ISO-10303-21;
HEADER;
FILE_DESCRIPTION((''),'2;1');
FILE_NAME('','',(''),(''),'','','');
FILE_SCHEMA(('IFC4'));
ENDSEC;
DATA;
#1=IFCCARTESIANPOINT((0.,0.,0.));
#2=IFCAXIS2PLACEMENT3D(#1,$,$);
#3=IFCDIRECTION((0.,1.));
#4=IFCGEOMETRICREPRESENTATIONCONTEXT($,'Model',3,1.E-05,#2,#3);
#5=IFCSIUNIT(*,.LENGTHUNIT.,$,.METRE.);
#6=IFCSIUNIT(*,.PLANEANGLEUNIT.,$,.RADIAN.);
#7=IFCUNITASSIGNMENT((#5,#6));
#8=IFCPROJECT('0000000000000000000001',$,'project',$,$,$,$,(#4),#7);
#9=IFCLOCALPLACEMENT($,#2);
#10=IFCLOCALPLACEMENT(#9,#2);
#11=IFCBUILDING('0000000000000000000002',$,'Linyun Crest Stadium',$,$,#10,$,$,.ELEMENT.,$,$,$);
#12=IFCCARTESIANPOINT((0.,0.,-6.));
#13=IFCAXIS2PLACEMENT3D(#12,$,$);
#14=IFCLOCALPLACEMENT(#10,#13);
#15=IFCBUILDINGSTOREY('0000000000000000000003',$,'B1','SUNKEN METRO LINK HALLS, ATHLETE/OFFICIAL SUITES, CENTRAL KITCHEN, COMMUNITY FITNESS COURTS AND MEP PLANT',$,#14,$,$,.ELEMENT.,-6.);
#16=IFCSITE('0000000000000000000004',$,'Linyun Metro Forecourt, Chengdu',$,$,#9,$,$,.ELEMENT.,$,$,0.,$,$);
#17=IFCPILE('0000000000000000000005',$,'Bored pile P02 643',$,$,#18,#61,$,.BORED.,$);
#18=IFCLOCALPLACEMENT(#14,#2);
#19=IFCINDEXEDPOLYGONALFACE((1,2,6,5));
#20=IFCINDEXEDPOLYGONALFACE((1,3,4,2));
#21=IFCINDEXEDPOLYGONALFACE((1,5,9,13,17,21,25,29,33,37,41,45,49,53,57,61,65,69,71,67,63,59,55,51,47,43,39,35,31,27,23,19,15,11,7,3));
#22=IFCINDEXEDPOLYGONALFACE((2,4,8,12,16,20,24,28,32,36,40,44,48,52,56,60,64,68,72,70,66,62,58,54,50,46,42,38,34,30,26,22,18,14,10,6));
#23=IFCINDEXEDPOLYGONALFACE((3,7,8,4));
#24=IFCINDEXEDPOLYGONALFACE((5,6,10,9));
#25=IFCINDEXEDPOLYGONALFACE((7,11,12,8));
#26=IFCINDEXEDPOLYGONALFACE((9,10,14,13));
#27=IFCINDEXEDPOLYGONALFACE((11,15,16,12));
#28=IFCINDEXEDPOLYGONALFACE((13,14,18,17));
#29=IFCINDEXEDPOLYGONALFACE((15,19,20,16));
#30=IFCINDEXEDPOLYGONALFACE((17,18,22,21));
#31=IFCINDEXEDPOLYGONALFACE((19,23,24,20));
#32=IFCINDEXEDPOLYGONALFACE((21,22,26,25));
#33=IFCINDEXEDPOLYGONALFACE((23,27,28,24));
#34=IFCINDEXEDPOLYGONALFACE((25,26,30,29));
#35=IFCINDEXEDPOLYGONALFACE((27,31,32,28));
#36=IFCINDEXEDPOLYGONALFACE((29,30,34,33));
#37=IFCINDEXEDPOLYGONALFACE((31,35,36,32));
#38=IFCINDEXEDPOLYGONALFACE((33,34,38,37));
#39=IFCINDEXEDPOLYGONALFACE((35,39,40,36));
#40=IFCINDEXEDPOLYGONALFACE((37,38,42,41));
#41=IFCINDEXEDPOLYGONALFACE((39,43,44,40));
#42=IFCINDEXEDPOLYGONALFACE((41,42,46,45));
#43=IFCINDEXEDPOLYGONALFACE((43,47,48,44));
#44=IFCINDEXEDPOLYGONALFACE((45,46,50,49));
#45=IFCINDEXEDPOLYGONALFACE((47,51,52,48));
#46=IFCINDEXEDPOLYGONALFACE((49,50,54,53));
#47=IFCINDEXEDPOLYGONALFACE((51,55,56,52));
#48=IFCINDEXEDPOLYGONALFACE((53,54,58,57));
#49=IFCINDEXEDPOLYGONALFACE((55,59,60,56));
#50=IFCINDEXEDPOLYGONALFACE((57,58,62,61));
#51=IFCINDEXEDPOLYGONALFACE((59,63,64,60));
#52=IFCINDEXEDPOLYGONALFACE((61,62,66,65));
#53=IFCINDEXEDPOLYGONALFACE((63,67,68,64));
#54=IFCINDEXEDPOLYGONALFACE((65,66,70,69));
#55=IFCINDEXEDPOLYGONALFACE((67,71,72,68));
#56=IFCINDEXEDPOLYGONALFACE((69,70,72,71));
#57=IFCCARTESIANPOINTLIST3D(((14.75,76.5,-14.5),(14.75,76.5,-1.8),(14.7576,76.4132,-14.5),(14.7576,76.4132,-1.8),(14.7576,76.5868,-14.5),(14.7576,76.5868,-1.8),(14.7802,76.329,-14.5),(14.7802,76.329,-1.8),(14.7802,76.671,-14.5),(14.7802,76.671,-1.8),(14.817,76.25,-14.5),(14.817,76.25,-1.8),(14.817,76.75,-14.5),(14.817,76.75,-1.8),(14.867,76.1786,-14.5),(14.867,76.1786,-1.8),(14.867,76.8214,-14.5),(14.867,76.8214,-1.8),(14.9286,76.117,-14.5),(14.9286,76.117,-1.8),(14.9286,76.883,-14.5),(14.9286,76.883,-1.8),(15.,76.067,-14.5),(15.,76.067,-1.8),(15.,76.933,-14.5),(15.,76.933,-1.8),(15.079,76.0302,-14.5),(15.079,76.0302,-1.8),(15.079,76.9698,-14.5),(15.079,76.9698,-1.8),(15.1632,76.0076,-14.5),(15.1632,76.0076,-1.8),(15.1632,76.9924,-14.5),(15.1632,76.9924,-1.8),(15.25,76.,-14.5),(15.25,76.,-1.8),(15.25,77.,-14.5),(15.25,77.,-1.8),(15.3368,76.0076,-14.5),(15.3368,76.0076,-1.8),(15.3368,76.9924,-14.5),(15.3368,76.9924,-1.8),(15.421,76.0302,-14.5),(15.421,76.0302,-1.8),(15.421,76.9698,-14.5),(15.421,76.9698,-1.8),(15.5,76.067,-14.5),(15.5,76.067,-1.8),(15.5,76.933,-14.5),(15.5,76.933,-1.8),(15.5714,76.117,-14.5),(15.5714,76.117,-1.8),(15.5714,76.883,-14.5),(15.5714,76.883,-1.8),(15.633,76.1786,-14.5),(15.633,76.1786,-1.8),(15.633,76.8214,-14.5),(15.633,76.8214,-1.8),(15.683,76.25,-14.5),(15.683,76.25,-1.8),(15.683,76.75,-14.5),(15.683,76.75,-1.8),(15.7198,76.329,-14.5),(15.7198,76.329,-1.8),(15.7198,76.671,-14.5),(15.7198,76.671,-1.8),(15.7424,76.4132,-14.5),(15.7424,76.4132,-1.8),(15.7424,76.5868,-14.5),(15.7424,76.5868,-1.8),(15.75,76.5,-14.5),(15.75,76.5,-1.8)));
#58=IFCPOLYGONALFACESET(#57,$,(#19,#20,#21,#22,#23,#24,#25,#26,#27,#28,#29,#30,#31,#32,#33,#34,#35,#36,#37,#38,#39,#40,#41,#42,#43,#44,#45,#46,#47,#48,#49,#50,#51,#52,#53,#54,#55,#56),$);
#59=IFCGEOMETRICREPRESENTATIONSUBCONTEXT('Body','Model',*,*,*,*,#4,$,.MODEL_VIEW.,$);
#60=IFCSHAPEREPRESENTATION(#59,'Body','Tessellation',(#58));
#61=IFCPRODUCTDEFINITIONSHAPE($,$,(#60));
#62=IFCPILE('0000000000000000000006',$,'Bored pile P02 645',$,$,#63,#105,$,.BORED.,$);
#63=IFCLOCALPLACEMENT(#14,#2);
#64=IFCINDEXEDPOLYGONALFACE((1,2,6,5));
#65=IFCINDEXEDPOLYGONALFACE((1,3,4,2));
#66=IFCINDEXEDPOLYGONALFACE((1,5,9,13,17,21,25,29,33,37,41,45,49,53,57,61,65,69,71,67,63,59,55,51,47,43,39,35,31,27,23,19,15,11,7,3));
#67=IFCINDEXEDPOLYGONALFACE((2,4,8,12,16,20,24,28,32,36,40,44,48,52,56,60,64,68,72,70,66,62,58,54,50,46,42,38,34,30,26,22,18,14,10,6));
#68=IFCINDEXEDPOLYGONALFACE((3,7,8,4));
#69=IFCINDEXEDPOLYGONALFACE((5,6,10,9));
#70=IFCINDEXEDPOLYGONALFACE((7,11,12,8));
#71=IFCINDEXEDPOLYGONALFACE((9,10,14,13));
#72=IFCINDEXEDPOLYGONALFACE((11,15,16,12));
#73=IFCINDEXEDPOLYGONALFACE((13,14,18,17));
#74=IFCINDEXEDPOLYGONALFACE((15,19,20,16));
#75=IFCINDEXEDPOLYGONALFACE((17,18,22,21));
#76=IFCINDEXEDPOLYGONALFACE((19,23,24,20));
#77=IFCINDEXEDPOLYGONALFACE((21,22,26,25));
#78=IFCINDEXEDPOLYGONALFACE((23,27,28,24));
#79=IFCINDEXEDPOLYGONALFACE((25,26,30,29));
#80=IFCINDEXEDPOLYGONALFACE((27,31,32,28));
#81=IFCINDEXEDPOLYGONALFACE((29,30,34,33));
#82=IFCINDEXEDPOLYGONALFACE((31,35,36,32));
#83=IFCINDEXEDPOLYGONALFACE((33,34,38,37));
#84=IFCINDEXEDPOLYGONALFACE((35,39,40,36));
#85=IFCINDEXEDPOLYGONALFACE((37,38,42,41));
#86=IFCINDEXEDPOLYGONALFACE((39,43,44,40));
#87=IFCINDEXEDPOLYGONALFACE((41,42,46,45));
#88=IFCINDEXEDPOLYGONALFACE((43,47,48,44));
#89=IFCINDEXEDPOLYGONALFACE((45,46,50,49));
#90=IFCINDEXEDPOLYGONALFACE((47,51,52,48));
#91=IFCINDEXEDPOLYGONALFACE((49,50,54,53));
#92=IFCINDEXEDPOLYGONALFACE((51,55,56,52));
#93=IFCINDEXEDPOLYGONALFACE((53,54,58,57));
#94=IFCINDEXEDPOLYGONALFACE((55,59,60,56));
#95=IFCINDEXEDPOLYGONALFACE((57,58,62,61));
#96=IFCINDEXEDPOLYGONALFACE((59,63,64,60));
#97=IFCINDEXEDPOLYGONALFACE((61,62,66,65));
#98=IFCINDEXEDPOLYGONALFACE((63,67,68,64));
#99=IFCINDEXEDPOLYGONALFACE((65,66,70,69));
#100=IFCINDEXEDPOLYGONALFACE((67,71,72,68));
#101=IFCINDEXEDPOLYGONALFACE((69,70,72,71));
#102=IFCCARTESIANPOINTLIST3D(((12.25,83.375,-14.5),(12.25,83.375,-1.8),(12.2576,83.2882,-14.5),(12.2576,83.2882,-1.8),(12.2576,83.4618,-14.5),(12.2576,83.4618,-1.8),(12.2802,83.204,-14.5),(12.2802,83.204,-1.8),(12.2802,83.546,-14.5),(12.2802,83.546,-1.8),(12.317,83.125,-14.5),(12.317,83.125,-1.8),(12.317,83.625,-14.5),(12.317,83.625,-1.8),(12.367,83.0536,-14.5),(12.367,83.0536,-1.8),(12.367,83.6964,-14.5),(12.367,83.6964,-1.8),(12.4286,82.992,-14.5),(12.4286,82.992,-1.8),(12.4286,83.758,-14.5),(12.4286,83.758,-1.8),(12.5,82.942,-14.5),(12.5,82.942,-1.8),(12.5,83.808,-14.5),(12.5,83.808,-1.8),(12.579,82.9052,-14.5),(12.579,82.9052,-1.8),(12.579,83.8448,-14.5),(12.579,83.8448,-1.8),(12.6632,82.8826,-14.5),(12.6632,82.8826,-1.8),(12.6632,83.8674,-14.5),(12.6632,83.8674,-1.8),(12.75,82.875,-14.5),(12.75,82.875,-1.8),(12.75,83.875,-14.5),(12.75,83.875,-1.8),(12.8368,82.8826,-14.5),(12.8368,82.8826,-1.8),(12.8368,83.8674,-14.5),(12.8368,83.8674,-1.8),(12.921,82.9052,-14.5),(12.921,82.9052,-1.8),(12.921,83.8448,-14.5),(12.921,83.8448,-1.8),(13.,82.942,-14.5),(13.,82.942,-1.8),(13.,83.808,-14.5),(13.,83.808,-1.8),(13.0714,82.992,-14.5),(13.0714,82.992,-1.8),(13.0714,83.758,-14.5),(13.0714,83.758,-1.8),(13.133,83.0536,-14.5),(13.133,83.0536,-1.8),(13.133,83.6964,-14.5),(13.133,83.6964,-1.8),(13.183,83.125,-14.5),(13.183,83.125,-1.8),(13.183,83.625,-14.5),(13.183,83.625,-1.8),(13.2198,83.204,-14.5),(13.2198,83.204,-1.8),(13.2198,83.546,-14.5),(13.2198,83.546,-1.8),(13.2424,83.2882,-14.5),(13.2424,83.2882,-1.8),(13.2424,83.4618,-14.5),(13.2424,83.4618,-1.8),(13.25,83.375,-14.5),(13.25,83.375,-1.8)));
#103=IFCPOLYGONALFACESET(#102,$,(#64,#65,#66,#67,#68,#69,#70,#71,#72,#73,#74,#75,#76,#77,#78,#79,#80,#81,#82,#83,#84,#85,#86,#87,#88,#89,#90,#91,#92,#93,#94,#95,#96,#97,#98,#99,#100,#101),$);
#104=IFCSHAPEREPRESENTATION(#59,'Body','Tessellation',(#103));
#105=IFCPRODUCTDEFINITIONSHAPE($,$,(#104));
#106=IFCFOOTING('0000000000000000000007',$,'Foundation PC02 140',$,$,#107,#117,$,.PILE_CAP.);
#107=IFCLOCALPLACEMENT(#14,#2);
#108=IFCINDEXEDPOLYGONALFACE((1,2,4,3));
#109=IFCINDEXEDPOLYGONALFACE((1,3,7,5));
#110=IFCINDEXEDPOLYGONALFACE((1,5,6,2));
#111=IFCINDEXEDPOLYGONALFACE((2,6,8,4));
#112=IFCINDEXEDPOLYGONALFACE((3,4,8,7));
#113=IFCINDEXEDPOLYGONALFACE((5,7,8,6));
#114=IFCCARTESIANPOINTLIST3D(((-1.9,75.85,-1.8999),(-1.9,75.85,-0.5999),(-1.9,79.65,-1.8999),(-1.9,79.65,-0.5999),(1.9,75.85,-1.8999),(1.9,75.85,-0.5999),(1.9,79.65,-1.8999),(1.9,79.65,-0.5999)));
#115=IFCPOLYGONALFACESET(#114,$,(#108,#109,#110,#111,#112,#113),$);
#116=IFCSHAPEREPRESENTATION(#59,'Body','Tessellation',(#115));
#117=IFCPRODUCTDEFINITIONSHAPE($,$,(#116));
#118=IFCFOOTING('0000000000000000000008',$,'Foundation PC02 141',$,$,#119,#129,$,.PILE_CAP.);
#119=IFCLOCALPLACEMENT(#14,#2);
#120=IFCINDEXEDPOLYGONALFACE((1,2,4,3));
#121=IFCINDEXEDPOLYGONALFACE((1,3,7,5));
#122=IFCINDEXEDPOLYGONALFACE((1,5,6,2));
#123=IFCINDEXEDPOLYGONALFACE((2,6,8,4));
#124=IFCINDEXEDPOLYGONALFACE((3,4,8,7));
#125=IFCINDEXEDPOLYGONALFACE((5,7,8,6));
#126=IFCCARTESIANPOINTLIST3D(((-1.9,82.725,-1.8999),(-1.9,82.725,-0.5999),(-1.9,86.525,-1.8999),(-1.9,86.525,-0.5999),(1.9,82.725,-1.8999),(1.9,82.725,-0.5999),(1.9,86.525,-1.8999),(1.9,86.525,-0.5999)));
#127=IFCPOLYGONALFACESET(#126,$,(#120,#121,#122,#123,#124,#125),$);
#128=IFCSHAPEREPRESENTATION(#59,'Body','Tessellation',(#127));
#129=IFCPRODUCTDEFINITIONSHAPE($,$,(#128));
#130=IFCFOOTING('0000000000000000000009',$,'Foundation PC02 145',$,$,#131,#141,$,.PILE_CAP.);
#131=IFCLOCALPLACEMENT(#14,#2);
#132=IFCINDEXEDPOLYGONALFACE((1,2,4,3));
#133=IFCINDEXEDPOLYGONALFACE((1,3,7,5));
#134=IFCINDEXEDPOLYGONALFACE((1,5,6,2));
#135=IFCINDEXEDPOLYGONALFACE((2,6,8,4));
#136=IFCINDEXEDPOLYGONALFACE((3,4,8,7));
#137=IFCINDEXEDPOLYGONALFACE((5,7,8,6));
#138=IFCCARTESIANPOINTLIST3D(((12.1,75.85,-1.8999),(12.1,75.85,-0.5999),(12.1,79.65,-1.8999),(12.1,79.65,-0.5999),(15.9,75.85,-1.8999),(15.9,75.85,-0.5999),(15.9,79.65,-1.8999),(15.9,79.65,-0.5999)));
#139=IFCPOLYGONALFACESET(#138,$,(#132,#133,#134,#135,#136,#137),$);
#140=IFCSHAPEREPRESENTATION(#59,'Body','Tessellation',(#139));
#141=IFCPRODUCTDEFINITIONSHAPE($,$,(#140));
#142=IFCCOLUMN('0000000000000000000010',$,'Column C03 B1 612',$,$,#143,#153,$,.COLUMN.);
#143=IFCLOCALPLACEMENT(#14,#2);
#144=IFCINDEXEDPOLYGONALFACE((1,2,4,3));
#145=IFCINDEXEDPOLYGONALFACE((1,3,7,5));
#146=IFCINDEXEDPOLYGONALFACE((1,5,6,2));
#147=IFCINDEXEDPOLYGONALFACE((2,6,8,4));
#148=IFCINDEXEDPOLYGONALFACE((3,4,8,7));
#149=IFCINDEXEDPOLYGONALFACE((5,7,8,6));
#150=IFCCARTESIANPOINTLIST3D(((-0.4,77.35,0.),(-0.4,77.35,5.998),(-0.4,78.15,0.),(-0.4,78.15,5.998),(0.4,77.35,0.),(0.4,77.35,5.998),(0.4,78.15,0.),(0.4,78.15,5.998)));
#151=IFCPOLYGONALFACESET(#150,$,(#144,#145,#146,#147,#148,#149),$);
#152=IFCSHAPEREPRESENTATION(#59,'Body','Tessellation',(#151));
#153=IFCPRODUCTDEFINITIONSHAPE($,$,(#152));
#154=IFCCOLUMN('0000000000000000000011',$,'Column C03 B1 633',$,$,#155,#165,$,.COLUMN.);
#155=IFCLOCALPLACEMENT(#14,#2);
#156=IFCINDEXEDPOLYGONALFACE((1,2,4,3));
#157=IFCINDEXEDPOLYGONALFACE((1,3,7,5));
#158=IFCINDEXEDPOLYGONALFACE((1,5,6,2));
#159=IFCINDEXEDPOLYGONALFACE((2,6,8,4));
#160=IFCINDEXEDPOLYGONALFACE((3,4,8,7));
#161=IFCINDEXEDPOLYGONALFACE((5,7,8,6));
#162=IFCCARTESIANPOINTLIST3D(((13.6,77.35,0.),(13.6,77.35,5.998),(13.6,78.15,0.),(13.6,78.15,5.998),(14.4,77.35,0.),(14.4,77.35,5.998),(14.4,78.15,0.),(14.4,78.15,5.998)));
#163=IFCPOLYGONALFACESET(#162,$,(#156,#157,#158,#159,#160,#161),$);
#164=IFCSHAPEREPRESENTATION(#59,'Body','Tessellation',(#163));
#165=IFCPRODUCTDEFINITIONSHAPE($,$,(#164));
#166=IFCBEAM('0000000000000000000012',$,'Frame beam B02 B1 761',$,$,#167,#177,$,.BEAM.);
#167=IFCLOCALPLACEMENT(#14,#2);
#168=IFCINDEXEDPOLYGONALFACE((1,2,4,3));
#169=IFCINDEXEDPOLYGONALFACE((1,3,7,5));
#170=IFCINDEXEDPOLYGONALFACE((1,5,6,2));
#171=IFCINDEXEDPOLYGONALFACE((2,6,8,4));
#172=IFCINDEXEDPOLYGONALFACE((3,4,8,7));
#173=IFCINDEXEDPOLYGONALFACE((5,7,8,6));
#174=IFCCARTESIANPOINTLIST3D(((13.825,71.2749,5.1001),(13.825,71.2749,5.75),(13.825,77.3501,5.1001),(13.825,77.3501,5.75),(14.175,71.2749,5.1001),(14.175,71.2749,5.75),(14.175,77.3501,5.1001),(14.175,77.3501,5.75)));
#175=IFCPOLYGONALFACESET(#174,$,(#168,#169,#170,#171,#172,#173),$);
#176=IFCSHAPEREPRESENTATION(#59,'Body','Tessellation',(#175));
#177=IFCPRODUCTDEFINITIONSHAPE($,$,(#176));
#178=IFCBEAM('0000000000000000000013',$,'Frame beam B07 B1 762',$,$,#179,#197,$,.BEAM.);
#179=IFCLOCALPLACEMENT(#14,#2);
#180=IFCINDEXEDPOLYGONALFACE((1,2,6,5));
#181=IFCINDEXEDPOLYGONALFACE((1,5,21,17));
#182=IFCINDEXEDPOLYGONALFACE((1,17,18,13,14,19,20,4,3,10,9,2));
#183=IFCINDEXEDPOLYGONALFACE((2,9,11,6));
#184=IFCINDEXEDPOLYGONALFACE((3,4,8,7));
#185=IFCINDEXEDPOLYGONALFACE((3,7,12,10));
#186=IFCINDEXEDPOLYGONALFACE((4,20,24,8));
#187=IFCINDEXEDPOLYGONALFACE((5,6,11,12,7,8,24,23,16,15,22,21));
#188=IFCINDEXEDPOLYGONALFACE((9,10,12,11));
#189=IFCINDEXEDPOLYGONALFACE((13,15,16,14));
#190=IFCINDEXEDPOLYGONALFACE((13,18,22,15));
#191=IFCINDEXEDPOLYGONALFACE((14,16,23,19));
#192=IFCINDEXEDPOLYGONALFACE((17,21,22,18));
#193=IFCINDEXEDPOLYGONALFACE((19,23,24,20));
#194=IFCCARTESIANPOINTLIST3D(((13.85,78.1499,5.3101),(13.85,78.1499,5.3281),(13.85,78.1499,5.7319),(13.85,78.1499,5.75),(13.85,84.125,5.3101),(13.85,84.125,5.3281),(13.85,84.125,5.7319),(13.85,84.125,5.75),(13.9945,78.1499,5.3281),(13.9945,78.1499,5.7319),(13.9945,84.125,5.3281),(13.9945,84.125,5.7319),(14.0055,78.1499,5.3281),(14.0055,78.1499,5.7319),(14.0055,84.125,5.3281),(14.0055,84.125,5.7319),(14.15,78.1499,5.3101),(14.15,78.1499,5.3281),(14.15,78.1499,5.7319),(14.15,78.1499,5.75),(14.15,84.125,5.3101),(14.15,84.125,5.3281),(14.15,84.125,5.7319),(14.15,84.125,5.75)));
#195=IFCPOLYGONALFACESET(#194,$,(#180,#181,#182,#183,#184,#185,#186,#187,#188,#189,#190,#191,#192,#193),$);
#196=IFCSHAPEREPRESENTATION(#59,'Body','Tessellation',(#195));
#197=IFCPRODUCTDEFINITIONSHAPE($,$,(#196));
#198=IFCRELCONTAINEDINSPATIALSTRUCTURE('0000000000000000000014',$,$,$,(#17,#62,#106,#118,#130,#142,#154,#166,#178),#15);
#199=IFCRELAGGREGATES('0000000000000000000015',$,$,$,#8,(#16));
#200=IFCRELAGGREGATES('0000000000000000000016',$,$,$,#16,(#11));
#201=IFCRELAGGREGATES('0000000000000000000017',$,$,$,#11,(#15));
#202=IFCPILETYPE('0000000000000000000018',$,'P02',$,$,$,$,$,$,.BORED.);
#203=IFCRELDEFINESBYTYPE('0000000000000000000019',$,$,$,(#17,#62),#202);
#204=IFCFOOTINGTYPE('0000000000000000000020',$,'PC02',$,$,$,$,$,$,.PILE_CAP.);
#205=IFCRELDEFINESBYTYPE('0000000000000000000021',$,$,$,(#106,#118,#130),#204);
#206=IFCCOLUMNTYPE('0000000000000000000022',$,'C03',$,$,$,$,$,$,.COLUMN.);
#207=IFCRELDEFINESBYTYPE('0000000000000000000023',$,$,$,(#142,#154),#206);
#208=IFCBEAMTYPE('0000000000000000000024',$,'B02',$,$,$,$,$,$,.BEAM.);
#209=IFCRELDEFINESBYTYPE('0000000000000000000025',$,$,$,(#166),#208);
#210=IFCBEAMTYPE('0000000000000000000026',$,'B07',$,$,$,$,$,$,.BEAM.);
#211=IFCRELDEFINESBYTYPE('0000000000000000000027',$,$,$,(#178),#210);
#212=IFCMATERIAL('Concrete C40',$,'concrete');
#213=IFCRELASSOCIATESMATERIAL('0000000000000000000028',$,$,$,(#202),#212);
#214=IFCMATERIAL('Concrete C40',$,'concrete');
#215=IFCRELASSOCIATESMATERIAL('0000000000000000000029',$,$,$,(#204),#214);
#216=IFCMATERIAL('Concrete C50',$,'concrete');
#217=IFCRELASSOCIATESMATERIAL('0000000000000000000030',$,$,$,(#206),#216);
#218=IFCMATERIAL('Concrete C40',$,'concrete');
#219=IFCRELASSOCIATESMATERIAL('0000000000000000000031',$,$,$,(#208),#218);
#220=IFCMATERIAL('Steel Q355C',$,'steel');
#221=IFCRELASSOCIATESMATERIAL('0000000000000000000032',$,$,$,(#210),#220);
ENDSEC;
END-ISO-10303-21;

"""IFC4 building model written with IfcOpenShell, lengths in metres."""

from ifc_helpers import new_model, si_unit, direction, frame, origin, origin_2d, place, context, subcontext, project, spatial, rectangle, circle, i_section, extrude, material, material_profile, profile_set, type_object, element, save


model = new_model("IFC4")

# Units and contexts
model_context = context("Model", 3, precision=1e-05, world=origin(), true_north=direction((0.0, 1.0)))
body_context = subcontext(model_context, "Body", "Model", "MODEL_VIEW")
ifc_project = project(units=[si_unit("LENGTHUNIT", "METRE"), si_unit("PLANEANGLEUNIT", "RADIAN")], contexts=[model_context])

# Site, building, storey
site_placement = place(None, origin())
site = spatial("IfcSite", under=ifc_project, at=site_placement, Name="Linyun Metro Forecourt, Chengdu", CompositionType="ELEMENT", RefElevation=0.0)
building_placement = place(site_placement, origin())
building = spatial("IfcBuilding", under=site, at=building_placement, Name="Linyun Crest Stadium", CompositionType="ELEMENT")
storey_placement = place(building_placement, frame((0.0, 0.0, -6.0)))
storey = spatial("IfcBuildingStorey", under=building, at=storey_placement, Name="B1", Description="SUNKEN METRO LINK HALLS, ATHLETE/OFFICIAL SUITES, CENTRAL KITCHEN, COMMUNITY FITNESS COURTS AND MEP PLANT", CompositionType="ELEMENT", Elevation=-6.0)

# Piles
ifc_material_1 = material(Name="Concrete C40", Category="concrete")
ifc_material_profile_1 = material_profile(ifc_material_1, circle(Radius=0.5, at=origin_2d()), Name="BORED PILE 1000")
ifc_profile_set_1 = profile_set([ifc_material_profile_1], Name="Concrete C40")
pile_type = type_object("IfcPileType", Name="P02", PredefinedType="BORED", material=ifc_profile_set_1)
for number, where, z_axis, x_axis, name in (
    (1, (15.25, 76.5, -1.8), (0.0, 0.0, -1.0), (1.0, 0.0, 0.0), "Bored pile P02 643"),
    (2, (12.75, 83.375, -1.8), (0.0, 0.0, -1.0), (1.0, 0.0, 0.0), "Bored pile P02 645"),
):
    element("IfcPile", number, at=place(storey_placement, frame(where, z_axis=z_axis, x_axis=x_axis)), inside=storey, type_object=pile_type, Name=name, PredefinedType="BORED", context=body_context, shape_type="SweptSolid", body=[
        extrude(circle(Radius=0.5, at=origin_2d()), origin(), (0.0, 0.0, 1.0), 12.7),
    ])

# Footings
ifc_material_2 = material(Name="Concrete C40", Category="concrete")
footing_type = type_object("IfcFootingType", Name="PC02", PredefinedType="PILE_CAP", material=ifc_material_2)
for number, where, z_axis, x_axis, name in (
    (3, (0.0, 77.75, -1.8999), (0.0, 0.0, 1.0), (1.0, 0.0, 0.0), "Foundation PC02 140"),
    (4, (0.0, 84.625, -1.8999), (0.0, 0.0, 1.0), (1.0, 0.0, 0.0), "Foundation PC02 141"),
    (5, (14.0, 77.75, -1.8999), (0.0, 0.0, 1.0), (1.0, 0.0, 0.0), "Foundation PC02 145"),
):
    element("IfcFooting", number, at=place(storey_placement, frame(where, z_axis=z_axis, x_axis=x_axis)), inside=storey, type_object=footing_type, Name=name, PredefinedType="PILE_CAP", context=body_context, shape_type="SweptSolid", body=[
        extrude(rectangle(XDim=3.8, YDim=3.8, at=origin_2d()), origin(), (0.0, 0.0, 1.0), 1.3),
    ])

# Columns
ifc_material_3 = material(Name="Concrete C50", Category="concrete")
ifc_material_profile_2 = material_profile(ifc_material_3, rectangle(XDim=0.8, YDim=0.8, at=origin_2d()), Name="RC 800x800")
ifc_profile_set_2 = profile_set([ifc_material_profile_2], Name="Concrete C50")
column_type = type_object("IfcColumnType", Name="C03", PredefinedType="COLUMN", material=ifc_profile_set_2)
for number, where, z_axis, x_axis, name in (
    (6, (0.0, 77.75, 0.0), (0.0, 0.0, 1.0), (1.0, 0.0, 0.0), "Column C03 B1 612"),
    (7, (14.0, 77.75, 0.0), (0.0, 0.0, 1.0), (1.0, 0.0, 0.0), "Column C03 B1 633"),
):
    element("IfcColumn", number, at=place(storey_placement, frame(where, z_axis=z_axis, x_axis=x_axis)), inside=storey, type_object=column_type, Name=name, PredefinedType="COLUMN", context=body_context, shape_type="SweptSolid", body=[
        extrude(rectangle(XDim=0.8, YDim=0.8, at=origin_2d()), origin(), (0.0, 0.0, 1.0), 5.998),
    ])

# Beams
ifc_material_4 = material(Name="Concrete C40", Category="concrete")
ifc_material_profile_3 = material_profile(ifc_material_4, rectangle(XDim=0.3501, YDim=0.6499, at=origin_2d()), Name="RCB 650x350")
ifc_profile_set_3 = profile_set([ifc_material_profile_3], Name="Concrete C40")
beam_type_1 = type_object("IfcBeamType", Name="B02", PredefinedType="BEAM", material=ifc_profile_set_3)
beam_1_placement = place(storey_placement, frame((14.0, 71.2749, 5.425), z_axis=(0.0, 1.0, 0.0), x_axis=(-1.0, 0.0, 0.0)))
element("IfcBeam", 8, at=beam_1_placement, inside=storey, type_object=beam_type_1, Name="Frame beam B02 B1 761", PredefinedType="BEAM", context=body_context, shape_type="SweptSolid", body=[
    extrude(rectangle(XDim=0.3501, YDim=0.6499, at=origin_2d()), origin(), (0.0, 0.0, 1.0), 6.0752),
])
ifc_material_5 = material(Name="Steel Q355C", Category="steel")
ifc_material_profile_4 = material_profile(ifc_material_5, i_section(OverallWidth=0.3, OverallDepth=0.4399, WebThickness=0.011, FlangeThickness=0.0181, at=origin_2d()), Name="HM 440x300")
ifc_profile_set_4 = profile_set([ifc_material_profile_4], Name="Steel Q355C")
beam_type_2 = type_object("IfcBeamType", Name="B07", PredefinedType="BEAM", material=ifc_profile_set_4)
beam_2_placement = place(storey_placement, frame((14.0, 78.1499, 5.53), z_axis=(0.0, 1.0, 0.0), x_axis=(-1.0, 0.0, 0.0)))
element("IfcBeam", 9, at=beam_2_placement, inside=storey, type_object=beam_type_2, Name="Frame beam B07 B1 762", PredefinedType="BEAM", context=body_context, shape_type="SweptSolid", body=[
    extrude(i_section(OverallWidth=0.3, OverallDepth=0.4399, WebThickness=0.011, FlangeThickness=0.0181, at=origin_2d()), origin(), (0.0, 0.0, 1.0), 5.9751),
])

save(model, "model.ifc")
